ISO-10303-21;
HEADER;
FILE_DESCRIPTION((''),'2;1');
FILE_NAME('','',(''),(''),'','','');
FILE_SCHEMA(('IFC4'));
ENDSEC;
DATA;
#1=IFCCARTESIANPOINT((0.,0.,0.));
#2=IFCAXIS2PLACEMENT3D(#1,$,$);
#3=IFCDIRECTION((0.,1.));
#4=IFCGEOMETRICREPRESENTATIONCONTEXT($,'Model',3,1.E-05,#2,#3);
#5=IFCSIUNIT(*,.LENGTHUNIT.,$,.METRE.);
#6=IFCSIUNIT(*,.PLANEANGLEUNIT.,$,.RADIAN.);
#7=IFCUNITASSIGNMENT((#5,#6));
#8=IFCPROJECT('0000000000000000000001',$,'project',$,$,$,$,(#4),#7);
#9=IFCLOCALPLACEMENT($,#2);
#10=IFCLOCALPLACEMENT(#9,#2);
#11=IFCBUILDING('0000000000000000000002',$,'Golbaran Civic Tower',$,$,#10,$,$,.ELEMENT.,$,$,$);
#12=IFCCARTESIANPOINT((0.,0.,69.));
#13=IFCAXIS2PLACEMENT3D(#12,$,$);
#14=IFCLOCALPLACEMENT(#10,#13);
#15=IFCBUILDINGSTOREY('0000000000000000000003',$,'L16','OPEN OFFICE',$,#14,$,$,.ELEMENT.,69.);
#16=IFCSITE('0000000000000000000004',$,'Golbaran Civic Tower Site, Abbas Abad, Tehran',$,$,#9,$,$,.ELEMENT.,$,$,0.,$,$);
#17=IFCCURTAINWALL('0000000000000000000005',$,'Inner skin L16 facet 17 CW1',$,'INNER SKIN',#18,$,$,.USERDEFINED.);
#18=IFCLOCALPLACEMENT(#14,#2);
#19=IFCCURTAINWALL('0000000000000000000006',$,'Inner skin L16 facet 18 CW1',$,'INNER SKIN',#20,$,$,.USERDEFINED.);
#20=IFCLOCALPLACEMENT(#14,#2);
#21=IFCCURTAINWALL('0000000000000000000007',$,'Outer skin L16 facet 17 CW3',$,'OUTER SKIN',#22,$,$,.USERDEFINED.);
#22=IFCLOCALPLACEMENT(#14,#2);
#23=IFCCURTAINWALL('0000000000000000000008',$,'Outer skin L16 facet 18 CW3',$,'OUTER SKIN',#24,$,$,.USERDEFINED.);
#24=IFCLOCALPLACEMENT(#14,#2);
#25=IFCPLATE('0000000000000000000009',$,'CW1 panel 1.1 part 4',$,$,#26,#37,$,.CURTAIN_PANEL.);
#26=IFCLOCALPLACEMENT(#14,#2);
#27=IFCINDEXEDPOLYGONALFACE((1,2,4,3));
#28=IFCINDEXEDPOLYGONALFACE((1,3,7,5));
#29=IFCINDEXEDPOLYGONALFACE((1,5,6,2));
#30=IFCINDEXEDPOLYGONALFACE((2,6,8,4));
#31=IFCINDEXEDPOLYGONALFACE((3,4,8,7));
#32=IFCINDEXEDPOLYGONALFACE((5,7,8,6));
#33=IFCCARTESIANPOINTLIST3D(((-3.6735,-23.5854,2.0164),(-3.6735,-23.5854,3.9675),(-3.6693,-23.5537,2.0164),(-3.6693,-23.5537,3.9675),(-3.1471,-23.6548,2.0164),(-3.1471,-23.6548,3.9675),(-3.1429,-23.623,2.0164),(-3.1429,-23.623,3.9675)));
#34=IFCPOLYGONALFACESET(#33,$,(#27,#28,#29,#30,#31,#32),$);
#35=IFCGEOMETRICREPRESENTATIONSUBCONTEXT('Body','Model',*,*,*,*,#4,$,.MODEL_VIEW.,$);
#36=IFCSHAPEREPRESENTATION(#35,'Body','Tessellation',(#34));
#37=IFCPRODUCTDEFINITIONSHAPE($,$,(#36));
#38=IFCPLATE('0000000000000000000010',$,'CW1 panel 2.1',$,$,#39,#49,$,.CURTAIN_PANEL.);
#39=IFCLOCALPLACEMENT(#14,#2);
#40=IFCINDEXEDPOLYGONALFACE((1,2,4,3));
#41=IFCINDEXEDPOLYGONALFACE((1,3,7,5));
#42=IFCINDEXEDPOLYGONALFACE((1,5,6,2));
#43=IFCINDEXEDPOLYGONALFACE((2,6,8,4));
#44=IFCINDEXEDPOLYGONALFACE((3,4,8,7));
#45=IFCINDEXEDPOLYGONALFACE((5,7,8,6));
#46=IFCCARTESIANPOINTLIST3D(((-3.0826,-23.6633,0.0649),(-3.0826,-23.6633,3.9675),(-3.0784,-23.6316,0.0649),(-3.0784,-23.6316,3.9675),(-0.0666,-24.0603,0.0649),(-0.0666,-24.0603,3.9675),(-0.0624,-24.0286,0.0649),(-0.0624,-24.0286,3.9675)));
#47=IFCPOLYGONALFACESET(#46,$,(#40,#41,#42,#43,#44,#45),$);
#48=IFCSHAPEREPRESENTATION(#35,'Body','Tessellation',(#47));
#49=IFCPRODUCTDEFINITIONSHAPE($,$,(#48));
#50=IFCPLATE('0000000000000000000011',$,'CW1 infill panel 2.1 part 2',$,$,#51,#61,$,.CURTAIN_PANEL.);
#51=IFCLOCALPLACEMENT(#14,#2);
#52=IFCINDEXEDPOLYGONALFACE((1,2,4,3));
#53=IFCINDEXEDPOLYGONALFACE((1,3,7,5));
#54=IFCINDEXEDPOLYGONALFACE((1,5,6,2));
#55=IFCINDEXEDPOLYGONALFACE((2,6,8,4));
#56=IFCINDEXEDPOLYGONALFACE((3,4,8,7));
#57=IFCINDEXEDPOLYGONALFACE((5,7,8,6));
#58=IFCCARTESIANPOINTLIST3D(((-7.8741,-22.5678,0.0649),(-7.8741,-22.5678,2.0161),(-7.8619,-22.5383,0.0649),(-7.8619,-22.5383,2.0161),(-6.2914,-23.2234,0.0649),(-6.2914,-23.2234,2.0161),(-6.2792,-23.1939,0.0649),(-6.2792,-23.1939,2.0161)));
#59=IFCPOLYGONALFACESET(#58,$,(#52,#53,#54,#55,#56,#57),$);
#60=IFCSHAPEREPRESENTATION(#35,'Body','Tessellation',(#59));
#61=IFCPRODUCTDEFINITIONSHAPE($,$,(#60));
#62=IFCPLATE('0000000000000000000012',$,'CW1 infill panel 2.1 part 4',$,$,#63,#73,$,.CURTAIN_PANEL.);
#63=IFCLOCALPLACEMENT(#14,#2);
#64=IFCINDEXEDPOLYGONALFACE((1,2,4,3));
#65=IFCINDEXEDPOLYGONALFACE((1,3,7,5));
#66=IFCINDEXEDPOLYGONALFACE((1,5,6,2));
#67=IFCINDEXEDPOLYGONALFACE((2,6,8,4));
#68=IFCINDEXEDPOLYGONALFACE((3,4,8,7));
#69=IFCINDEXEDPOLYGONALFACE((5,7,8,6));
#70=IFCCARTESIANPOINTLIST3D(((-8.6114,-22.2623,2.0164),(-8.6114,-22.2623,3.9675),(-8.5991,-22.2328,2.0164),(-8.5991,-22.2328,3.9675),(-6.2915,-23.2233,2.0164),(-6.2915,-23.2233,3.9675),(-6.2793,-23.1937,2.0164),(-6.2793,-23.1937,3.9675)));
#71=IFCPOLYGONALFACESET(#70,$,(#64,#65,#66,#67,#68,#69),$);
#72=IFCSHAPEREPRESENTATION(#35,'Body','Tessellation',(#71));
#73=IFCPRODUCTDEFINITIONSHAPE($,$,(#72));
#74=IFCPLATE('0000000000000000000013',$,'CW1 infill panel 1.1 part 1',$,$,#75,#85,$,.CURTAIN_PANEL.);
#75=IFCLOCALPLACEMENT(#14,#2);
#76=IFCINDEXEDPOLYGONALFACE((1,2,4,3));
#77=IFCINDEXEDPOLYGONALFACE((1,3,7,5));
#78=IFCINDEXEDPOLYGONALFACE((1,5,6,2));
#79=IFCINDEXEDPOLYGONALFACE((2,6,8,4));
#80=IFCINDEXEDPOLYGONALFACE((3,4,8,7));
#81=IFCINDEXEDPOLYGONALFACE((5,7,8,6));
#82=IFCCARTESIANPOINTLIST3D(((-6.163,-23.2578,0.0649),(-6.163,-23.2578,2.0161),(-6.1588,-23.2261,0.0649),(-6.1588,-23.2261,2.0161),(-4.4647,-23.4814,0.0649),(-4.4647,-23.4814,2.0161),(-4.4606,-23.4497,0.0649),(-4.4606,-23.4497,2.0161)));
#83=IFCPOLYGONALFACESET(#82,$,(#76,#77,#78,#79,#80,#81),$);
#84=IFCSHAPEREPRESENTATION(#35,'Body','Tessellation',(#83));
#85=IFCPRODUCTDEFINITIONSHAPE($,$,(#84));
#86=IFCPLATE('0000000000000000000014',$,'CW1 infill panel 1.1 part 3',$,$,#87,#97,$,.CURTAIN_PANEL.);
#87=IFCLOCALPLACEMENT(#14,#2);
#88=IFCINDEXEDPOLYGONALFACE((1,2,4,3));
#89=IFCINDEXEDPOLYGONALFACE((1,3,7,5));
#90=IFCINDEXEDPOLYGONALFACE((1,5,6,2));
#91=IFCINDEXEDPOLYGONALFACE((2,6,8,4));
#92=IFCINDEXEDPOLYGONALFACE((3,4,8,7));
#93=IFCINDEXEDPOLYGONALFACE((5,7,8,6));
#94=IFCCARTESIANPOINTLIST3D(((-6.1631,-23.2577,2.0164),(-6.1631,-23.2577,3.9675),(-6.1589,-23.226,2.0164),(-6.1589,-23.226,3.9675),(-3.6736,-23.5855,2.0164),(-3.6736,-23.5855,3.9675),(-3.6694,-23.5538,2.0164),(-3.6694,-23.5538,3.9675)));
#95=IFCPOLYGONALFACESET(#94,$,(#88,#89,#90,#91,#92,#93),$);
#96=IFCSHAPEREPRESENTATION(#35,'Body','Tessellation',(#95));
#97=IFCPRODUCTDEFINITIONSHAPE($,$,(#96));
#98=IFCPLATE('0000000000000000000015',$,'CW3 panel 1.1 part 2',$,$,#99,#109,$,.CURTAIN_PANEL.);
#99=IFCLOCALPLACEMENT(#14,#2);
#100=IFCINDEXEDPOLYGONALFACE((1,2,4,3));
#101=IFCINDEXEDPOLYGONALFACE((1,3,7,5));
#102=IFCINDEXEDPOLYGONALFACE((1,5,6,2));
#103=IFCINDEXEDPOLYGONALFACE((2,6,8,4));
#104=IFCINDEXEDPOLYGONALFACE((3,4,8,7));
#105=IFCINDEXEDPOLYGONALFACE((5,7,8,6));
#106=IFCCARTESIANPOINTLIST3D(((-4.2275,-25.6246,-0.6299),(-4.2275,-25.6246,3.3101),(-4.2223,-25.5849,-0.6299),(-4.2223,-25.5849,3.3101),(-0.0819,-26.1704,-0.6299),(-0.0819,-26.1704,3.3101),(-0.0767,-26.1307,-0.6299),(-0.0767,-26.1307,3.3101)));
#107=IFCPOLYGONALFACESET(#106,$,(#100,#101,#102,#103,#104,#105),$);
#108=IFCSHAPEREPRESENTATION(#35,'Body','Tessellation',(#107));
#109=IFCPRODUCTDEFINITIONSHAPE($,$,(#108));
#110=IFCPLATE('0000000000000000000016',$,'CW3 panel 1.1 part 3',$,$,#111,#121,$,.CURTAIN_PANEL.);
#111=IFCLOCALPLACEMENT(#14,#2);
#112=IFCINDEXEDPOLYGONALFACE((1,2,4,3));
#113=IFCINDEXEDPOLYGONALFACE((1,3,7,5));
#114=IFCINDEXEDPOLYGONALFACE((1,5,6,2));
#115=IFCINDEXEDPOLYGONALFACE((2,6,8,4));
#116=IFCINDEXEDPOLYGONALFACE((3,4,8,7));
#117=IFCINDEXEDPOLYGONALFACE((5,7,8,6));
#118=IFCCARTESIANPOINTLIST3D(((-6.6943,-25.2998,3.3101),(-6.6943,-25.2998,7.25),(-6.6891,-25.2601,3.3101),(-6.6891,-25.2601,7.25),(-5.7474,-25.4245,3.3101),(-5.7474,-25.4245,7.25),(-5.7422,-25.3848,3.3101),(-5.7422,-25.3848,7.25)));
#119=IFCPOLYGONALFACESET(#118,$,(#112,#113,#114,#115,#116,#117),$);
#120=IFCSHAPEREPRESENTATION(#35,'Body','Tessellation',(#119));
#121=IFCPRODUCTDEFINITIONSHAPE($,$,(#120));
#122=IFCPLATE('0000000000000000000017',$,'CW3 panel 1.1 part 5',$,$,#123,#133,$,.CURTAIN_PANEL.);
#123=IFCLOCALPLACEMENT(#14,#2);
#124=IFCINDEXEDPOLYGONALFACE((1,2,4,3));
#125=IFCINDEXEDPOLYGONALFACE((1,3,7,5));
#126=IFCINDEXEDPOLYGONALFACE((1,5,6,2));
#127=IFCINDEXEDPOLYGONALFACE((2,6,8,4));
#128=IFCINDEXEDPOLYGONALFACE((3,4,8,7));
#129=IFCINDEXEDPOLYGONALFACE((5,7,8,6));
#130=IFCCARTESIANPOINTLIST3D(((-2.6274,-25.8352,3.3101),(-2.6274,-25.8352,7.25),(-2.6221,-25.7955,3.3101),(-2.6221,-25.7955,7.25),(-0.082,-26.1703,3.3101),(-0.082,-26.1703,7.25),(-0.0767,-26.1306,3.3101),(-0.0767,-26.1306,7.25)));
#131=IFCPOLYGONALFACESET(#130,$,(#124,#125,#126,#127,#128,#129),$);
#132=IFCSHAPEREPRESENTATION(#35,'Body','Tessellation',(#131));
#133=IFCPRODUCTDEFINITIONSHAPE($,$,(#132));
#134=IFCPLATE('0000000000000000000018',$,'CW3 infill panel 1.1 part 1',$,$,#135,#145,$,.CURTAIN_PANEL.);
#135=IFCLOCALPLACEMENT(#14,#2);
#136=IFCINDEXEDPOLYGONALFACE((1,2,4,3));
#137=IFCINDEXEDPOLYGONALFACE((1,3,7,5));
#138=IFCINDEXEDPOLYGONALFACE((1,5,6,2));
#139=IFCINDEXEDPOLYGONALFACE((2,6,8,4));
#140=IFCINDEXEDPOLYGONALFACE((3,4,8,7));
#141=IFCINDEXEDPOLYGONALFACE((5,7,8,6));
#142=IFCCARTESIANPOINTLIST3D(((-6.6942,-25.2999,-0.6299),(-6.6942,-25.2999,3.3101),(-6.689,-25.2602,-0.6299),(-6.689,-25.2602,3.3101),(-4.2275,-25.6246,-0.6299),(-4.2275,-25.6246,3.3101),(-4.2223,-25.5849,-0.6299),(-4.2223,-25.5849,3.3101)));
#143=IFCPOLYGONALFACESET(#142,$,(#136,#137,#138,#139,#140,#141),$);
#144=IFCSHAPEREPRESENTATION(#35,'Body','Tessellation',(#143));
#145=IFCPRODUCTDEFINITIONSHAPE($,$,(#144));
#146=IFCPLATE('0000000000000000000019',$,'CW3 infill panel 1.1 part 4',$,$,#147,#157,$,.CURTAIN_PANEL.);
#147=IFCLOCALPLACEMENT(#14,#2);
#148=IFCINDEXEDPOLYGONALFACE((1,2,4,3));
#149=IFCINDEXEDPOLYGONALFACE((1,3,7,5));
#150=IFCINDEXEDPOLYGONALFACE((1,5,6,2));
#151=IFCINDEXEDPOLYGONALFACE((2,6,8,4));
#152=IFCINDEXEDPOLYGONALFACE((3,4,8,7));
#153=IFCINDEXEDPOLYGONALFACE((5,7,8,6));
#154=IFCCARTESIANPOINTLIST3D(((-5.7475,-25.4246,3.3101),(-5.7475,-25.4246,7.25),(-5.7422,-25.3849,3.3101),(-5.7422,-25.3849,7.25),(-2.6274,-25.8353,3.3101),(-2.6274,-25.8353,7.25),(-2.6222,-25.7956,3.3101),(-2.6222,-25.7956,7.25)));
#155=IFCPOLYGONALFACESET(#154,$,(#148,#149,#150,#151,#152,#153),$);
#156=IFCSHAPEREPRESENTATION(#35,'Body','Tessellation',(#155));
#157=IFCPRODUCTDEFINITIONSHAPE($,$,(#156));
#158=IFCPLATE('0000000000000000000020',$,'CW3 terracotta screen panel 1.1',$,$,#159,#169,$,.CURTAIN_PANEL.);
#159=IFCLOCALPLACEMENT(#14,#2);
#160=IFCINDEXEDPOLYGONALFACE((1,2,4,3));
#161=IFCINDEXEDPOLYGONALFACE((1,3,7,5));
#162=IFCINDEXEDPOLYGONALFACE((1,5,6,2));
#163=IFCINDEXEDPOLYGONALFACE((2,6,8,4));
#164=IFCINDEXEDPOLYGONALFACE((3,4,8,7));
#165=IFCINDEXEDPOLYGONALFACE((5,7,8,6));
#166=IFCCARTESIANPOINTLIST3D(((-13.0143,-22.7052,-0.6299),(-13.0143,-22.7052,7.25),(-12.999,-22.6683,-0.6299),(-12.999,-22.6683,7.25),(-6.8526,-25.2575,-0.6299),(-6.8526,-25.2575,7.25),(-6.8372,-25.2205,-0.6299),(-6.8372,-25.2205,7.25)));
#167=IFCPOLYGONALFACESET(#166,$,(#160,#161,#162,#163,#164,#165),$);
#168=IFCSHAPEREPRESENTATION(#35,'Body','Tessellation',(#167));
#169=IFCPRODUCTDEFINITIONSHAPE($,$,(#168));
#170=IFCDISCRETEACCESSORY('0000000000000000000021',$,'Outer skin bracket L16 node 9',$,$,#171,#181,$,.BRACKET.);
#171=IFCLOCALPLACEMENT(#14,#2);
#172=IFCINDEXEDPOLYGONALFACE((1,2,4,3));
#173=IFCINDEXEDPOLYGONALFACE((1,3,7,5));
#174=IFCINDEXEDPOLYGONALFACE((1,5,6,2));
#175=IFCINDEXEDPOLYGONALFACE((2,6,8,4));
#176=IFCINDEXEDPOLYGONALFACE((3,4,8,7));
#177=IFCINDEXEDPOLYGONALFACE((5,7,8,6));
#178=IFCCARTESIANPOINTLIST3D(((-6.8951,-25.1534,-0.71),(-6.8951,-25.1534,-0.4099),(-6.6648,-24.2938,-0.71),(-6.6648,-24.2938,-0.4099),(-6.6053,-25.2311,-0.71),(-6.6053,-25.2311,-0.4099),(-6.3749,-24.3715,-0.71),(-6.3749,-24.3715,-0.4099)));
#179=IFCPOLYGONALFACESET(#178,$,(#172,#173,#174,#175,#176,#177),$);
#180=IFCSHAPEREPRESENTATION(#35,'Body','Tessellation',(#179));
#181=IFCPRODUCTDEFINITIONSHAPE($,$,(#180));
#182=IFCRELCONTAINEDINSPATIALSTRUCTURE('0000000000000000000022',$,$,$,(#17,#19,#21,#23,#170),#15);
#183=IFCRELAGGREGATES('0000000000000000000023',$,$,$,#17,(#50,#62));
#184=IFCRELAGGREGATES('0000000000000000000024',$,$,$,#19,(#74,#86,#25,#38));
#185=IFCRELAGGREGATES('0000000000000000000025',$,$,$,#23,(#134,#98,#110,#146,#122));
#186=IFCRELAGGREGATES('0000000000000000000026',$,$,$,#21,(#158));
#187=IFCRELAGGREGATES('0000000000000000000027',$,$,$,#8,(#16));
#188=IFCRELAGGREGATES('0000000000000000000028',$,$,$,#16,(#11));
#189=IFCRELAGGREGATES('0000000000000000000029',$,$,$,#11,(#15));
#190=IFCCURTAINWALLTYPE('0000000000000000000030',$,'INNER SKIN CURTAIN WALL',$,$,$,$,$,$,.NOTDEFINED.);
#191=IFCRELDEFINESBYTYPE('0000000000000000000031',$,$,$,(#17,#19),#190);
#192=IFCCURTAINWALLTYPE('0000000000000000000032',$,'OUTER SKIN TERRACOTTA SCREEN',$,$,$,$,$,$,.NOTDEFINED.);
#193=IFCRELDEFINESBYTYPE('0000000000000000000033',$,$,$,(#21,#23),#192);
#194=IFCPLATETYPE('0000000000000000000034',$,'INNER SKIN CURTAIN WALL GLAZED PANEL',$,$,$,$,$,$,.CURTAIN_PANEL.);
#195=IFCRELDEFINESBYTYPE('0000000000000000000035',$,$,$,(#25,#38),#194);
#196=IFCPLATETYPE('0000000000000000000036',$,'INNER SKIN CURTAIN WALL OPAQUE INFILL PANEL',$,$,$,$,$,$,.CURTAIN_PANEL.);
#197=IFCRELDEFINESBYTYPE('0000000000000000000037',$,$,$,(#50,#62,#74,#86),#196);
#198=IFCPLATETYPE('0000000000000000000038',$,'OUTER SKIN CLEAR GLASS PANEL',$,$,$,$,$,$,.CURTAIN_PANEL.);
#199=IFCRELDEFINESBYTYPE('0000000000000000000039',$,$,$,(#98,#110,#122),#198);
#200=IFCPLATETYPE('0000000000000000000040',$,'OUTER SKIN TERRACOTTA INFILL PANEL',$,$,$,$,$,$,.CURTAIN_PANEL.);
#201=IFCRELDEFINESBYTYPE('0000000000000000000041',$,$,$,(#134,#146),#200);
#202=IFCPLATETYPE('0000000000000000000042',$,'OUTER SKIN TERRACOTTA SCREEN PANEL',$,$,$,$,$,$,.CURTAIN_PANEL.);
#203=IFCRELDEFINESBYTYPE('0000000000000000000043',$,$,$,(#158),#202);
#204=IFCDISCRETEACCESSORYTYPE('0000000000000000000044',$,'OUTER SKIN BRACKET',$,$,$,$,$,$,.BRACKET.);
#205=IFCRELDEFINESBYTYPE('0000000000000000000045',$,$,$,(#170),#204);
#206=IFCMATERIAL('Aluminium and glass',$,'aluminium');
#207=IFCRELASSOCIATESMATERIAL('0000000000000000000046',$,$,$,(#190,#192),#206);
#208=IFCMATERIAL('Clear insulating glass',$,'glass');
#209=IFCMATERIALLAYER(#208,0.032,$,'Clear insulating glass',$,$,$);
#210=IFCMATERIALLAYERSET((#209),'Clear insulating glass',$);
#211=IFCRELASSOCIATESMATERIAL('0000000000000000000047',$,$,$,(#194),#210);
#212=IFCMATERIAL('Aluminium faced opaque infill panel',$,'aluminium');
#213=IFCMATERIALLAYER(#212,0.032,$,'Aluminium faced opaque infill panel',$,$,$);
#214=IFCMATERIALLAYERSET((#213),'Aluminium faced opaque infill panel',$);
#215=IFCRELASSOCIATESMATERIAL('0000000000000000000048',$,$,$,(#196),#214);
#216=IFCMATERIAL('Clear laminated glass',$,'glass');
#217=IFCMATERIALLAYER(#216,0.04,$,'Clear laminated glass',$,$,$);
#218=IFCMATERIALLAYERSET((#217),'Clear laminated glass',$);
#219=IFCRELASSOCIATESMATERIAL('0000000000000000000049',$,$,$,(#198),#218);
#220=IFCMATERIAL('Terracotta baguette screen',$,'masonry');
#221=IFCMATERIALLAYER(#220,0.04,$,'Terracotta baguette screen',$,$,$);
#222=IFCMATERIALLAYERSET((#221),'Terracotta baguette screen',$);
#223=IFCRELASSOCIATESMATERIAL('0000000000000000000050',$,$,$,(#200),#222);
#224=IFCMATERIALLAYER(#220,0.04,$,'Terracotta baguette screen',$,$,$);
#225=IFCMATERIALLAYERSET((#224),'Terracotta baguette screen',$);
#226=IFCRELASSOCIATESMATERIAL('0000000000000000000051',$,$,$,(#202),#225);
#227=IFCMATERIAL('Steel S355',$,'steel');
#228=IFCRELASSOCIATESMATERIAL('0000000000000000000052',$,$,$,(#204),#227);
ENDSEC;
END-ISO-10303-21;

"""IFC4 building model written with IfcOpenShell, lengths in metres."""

from ifc_helpers import new_model, si_unit, direction, frame, origin, origin_2d, place, context, subcontext, project, spatial, rectangle, extrude, material, layer, layer_set, type_object, element, aggregate, save


model = new_model("IFC4")

# Units and contexts
model_context = context("Model", 3, precision=1e-05, world=origin(), true_north=direction((0.0, 1.0)))
body_context = subcontext(model_context, "Body", "Model", "MODEL_VIEW")
ifc_project = project(units=[si_unit("LENGTHUNIT", "METRE"), si_unit("PLANEANGLEUNIT", "RADIAN")], contexts=[model_context])

# Site, building, storey
site_placement = place(None, origin())
site = spatial("IfcSite", under=ifc_project, at=site_placement, Name="Golbaran Civic Tower Site, Abbas Abad, Tehran", CompositionType="ELEMENT", RefElevation=0.0)
building_placement = place(site_placement, origin())
building = spatial("IfcBuilding", under=site, at=building_placement, Name="Golbaran Civic Tower", CompositionType="ELEMENT")
storey_placement = place(building_placement, frame((0.0, 0.0, 69.0)))
storey = spatial("IfcBuildingStorey", under=building, at=storey_placement, Name="L16", Description="OPEN OFFICE", CompositionType="ELEMENT", Elevation=69.0)

# Shared definitions
ifc_material_1 = material(Name="Steel S355", Category="steel")

# Curtain wall
ifc_material_2 = material(Name="Aluminium and glass", Category="aluminium")
curtain_wall_type_1 = type_object("IfcCurtainWallType", Name="INNER SKIN CURTAIN WALL", PredefinedType="NOTDEFINED", material=ifc_material_2)
curtain_wall_1_placement = place(storey_placement, origin())
curtain_wall_1 = element("IfcCurtainWall", 1, at=curtain_wall_1_placement, inside=storey, type_object=curtain_wall_type_1, Name="Inner skin L16 facet 17 CW1", ObjectType="INNER SKIN", PredefinedType="USERDEFINED")

# Curtain wall
curtain_wall_2_placement = place(storey_placement, origin())
curtain_wall_2 = element("IfcCurtainWall", 2, at=curtain_wall_2_placement, inside=storey, type_object=curtain_wall_type_1, Name="Inner skin L16 facet 18 CW1", ObjectType="INNER SKIN", PredefinedType="USERDEFINED")

# Shared definitions
curtain_wall_type_2 = type_object("IfcCurtainWallType", Name="OUTER SKIN TERRACOTTA SCREEN", PredefinedType="NOTDEFINED", material=ifc_material_2)

# Curtain walls
curtain_wall_3_placement = place(storey_placement, origin())
curtain_wall_3 = element("IfcCurtainWall", 3, at=curtain_wall_3_placement, inside=storey, type_object=curtain_wall_type_2, Name="Outer skin L16 facet 17 CW3", ObjectType="OUTER SKIN", PredefinedType="USERDEFINED")
curtain_wall_4_placement = place(storey_placement, origin())
curtain_wall_4 = element("IfcCurtainWall", 4, at=curtain_wall_4_placement, inside=storey, type_object=curtain_wall_type_2, Name="Outer skin L16 facet 18 CW3", ObjectType="OUTER SKIN", PredefinedType="USERDEFINED")

# Plates
ifc_material_3 = material(Name="Clear insulating glass", Category="glass")
ifc_layer_1 = layer(ifc_material_3, 0.032, Name="Clear insulating glass")
ifc_layer_set_1 = layer_set([ifc_layer_1], Name="Clear insulating glass")
plate_type_1 = type_object("IfcPlateType", Name="INNER SKIN CURTAIN WALL GLAZED PANEL", PredefinedType="CURTAIN_PANEL", material=ifc_layer_set_1)
plate_1_placement = place(storey_placement, frame((-3.4082, -23.6042, 2.0164), z_axis=(0.0, 0.0, 1.0), x_axis=(0.991445, -0.130526, 0.0)))
plate_1 = element("IfcPlate", 5, at=plate_1_placement, type_object=plate_type_1, Name="CW1 panel 1.1 part 4", PredefinedType="CURTAIN_PANEL", context=body_context, shape_type="SweptSolid", body=[
    extrude(rectangle(XDim=0.531, YDim=0.032, at=origin_2d()), origin(), (0.0, 0.0, 1.0), 1.9512),
])
plate_2_placement = place(storey_placement, frame((-1.5725, -23.8459, 0.0649), z_axis=(0.0, 0.0, 1.0), x_axis=(0.991445, -0.130526, 0.0)))
plate_2 = element("IfcPlate", 6, at=plate_2_placement, type_object=plate_type_1, Name="CW1 panel 2.1", PredefinedType="CURTAIN_PANEL", context=body_context, shape_type="SweptSolid", body=[
    extrude(rectangle(XDim=3.042, YDim=0.032, at=origin_2d()), origin(), (0.0, 0.0, 1.0), 3.9026),
])
ifc_material_4 = material(Name="Aluminium faced opaque infill panel", Category="aluminium")
ifc_layer_2 = layer(ifc_material_4, 0.032, Name="Aluminium faced opaque infill panel")
ifc_layer_set_2 = layer_set([ifc_layer_2], Name="Aluminium faced opaque infill panel")
plate_type_2 = type_object("IfcPlateType", Name="INNER SKIN CURTAIN WALL OPAQUE INFILL PANEL", PredefinedType="CURTAIN_PANEL", material=ifc_layer_set_2)
plate_3_placement = place(storey_placement, frame((-7.0767, -22.8809, 0.0649), z_axis=(0.0, 0.0, 1.0), x_axis=(0.92388, -0.382683, 0.0)))
plate_3 = element("IfcPlate", 7, at=plate_3_placement, type_object=plate_type_2, Name="CW1 infill panel 2.1 part 2", PredefinedType="CURTAIN_PANEL", context=body_context, shape_type="SweptSolid", body=[
    extrude(rectangle(XDim=1.7131, YDim=0.032, at=origin_2d()), origin(), (0.0, 0.0, 1.0), 1.9512),
])
plate_4_placement = place(storey_placement, frame((-7.4453, -22.728, 2.0164), z_axis=(0.0, 0.0, 1.0), x_axis=(0.92388, -0.382683, 0.0)))
plate_4 = element("IfcPlate", 8, at=plate_4_placement, type_object=plate_type_2, Name="CW1 infill panel 2.1 part 4", PredefinedType="CURTAIN_PANEL", context=body_context, shape_type="SweptSolid", body=[
    extrude(rectangle(XDim=2.511, YDim=0.032, at=origin_2d()), origin(), (0.0, 0.0, 1.0), 1.9512),
])
aggregate(curtain_wall_1, [plate_3, plate_4])
plate_5_placement = place(storey_placement, frame((-5.3118, -23.3538, 0.0649), z_axis=(0.0, 0.0, 1.0), x_axis=(0.991445, -0.130526, 0.0)))
plate_5 = element("IfcPlate", 9, at=plate_5_placement, type_object=plate_type_2, Name="CW1 infill panel 1.1 part 1", PredefinedType="CURTAIN_PANEL", context=body_context, shape_type="SweptSolid", body=[
    extrude(rectangle(XDim=1.7129, YDim=0.032, at=origin_2d()), origin(), (0.0, 0.0, 1.0), 1.9512),
])
plate_6_placement = place(storey_placement, frame((-4.9163, -23.4058, 2.0164), z_axis=(0.0, 0.0, 1.0), x_axis=(0.991445, -0.130526, 0.0)))
plate_6 = element("IfcPlate", 10, at=plate_6_placement, type_object=plate_type_2, Name="CW1 infill panel 1.1 part 3", PredefinedType="CURTAIN_PANEL", context=body_context, shape_type="SweptSolid", body=[
    extrude(rectangle(XDim=2.511, YDim=0.032, at=origin_2d()), origin(), (0.0, 0.0, 1.0), 1.9512),
])
aggregate(curtain_wall_2, [plate_5, plate_6, plate_1, plate_2])
ifc_material_5 = material(Name="Clear laminated glass", Category="glass")
ifc_layer_3 = layer(ifc_material_5, 0.04, Name="Clear laminated glass")
ifc_layer_set_3 = layer_set([ifc_layer_3], Name="Clear laminated glass")
plate_type_3 = type_object("IfcPlateType", Name="OUTER SKIN CLEAR GLASS PANEL", PredefinedType="CURTAIN_PANEL", material=ifc_layer_set_3)
plate_7_placement = place(storey_placement, frame((-2.1521, -25.8777, -0.6299), z_axis=(0.0, 0.0, 1.0), x_axis=(0.991445, -0.130526, 0.0)))
plate_7 = element("IfcPlate", 11, at=plate_7_placement, type_object=plate_type_3, Name="CW3 panel 1.1 part 2", PredefinedType="CURTAIN_PANEL", context=body_context, shape_type="SweptSolid", body=[
    extrude(rectangle(XDim=4.1814, YDim=0.04, at=origin_2d()), origin(), (0.0, 0.0, 1.0), 3.9399),
])
plate_8_placement = place(storey_placement, frame((-6.2183, -25.3423, 3.3101), z_axis=(0.0, 0.0, 1.0), x_axis=(0.991445, -0.130526, 0.0)))
plate_8 = element("IfcPlate", 12, at=plate_8_placement, type_object=plate_type_3, Name="CW3 panel 1.1 part 3", PredefinedType="CURTAIN_PANEL", context=body_context, shape_type="SweptSolid", body=[
    extrude(rectangle(XDim=0.9551, YDim=0.04, at=origin_2d()), origin(), (0.0, 0.0, 1.0), 3.9399),
])
plate_9_placement = place(storey_placement, frame((-1.3521, -25.9829, 3.3101), z_axis=(0.0, 0.0, 1.0), x_axis=(0.991445, -0.130526, 0.0)))
plate_9 = element("IfcPlate", 13, at=plate_9_placement, type_object=plate_type_3, Name="CW3 panel 1.1 part 5", PredefinedType="CURTAIN_PANEL", context=body_context, shape_type="SweptSolid", body=[
    extrude(rectangle(XDim=2.5674, YDim=0.04, at=origin_2d()), origin(), (0.0, 0.0, 1.0), 3.9399),
])
ifc_material_6 = material(Name="Terracotta baguette screen", Category="masonry")
ifc_layer_4 = layer(ifc_material_6, 0.04, Name="Terracotta baguette screen")
ifc_layer_set_4 = layer_set([ifc_layer_4], Name="Terracotta baguette screen")
plate_type_4 = type_object("IfcPlateType", Name="OUTER SKIN TERRACOTTA INFILL PANEL", PredefinedType="CURTAIN_PANEL", material=ifc_layer_set_4)
plate_10_placement = place(storey_placement, frame((-5.4583, -25.4424, -0.6299), z_axis=(0.0, 0.0, 1.0), x_axis=(0.991445, -0.130526, 0.0)))
plate_10 = element("IfcPlate", 14, at=plate_10_placement, type_object=plate_type_4, Name="CW3 infill panel 1.1 part 1", PredefinedType="CURTAIN_PANEL", context=body_context, shape_type="SweptSolid", body=[
    extrude(rectangle(XDim=2.488, YDim=0.04, at=origin_2d()), origin(), (0.0, 0.0, 1.0), 3.9399),
])
plate_11_placement = place(storey_placement, frame((-4.1848, -25.6101, 3.3101), z_axis=(0.0, 0.0, 1.0), x_axis=(0.991445, -0.130526, 0.0)))
plate_11 = element("IfcPlate", 15, at=plate_11_placement, type_object=plate_type_4, Name="CW3 infill panel 1.1 part 4", PredefinedType="CURTAIN_PANEL", context=body_context, shape_type="SweptSolid", body=[
    extrude(rectangle(XDim=3.147, YDim=0.04, at=origin_2d()), origin(), (0.0, 0.0, 1.0), 3.9399),
])
aggregate(curtain_wall_4, [plate_10, plate_7, plate_8, plate_11, plate_9])
ifc_layer_5 = layer(ifc_material_6, 0.04, Name="Terracotta baguette screen")
ifc_layer_set_5 = layer_set([ifc_layer_5], Name="Terracotta baguette screen")
plate_type_5 = type_object("IfcPlateType", Name="OUTER SKIN TERRACOTTA SCREEN PANEL", PredefinedType="CURTAIN_PANEL", material=ifc_layer_set_5)
plate_12_placement = place(storey_placement, frame((-9.9258, -23.9629, -0.6299), z_axis=(0.0, 0.0, 1.0), x_axis=(0.92388, -0.382683, 0.0)))
plate_12 = element("IfcPlate", 16, at=plate_12_placement, type_object=plate_type_5, Name="CW3 terracotta screen panel 1.1", PredefinedType="CURTAIN_PANEL", context=body_context, shape_type="SweptSolid", body=[
    extrude(rectangle(XDim=6.6694, YDim=0.04, at=origin_2d()), origin(), (0.0, 0.0, 1.0), 7.8799),
])
aggregate(curtain_wall_3, [plate_12])

# Discrete accessory
discrete_accessory_type = type_object("IfcDiscreteAccessoryType", Name="OUTER SKIN BRACKET", PredefinedType="BRACKET", material=ifc_material_1)
discrete_accessory_placement = place(storey_placement, frame((-6.635, -24.7625, -0.71), z_axis=(0.0, 0.0, 1.0), x_axis=(-0.258819, -0.965926, 0.0)))
element("IfcDiscreteAccessory", 17, at=discrete_accessory_placement, inside=storey, type_object=discrete_accessory_type, Name="Outer skin bracket L16 node 9", PredefinedType="BRACKET", context=body_context, shape_type="SweptSolid", body=[
    extrude(rectangle(XDim=0.8899, YDim=0.3, at=origin_2d()), origin(), (0.0, 0.0, 1.0), 0.3),
])

save(model, "model.ifc")
